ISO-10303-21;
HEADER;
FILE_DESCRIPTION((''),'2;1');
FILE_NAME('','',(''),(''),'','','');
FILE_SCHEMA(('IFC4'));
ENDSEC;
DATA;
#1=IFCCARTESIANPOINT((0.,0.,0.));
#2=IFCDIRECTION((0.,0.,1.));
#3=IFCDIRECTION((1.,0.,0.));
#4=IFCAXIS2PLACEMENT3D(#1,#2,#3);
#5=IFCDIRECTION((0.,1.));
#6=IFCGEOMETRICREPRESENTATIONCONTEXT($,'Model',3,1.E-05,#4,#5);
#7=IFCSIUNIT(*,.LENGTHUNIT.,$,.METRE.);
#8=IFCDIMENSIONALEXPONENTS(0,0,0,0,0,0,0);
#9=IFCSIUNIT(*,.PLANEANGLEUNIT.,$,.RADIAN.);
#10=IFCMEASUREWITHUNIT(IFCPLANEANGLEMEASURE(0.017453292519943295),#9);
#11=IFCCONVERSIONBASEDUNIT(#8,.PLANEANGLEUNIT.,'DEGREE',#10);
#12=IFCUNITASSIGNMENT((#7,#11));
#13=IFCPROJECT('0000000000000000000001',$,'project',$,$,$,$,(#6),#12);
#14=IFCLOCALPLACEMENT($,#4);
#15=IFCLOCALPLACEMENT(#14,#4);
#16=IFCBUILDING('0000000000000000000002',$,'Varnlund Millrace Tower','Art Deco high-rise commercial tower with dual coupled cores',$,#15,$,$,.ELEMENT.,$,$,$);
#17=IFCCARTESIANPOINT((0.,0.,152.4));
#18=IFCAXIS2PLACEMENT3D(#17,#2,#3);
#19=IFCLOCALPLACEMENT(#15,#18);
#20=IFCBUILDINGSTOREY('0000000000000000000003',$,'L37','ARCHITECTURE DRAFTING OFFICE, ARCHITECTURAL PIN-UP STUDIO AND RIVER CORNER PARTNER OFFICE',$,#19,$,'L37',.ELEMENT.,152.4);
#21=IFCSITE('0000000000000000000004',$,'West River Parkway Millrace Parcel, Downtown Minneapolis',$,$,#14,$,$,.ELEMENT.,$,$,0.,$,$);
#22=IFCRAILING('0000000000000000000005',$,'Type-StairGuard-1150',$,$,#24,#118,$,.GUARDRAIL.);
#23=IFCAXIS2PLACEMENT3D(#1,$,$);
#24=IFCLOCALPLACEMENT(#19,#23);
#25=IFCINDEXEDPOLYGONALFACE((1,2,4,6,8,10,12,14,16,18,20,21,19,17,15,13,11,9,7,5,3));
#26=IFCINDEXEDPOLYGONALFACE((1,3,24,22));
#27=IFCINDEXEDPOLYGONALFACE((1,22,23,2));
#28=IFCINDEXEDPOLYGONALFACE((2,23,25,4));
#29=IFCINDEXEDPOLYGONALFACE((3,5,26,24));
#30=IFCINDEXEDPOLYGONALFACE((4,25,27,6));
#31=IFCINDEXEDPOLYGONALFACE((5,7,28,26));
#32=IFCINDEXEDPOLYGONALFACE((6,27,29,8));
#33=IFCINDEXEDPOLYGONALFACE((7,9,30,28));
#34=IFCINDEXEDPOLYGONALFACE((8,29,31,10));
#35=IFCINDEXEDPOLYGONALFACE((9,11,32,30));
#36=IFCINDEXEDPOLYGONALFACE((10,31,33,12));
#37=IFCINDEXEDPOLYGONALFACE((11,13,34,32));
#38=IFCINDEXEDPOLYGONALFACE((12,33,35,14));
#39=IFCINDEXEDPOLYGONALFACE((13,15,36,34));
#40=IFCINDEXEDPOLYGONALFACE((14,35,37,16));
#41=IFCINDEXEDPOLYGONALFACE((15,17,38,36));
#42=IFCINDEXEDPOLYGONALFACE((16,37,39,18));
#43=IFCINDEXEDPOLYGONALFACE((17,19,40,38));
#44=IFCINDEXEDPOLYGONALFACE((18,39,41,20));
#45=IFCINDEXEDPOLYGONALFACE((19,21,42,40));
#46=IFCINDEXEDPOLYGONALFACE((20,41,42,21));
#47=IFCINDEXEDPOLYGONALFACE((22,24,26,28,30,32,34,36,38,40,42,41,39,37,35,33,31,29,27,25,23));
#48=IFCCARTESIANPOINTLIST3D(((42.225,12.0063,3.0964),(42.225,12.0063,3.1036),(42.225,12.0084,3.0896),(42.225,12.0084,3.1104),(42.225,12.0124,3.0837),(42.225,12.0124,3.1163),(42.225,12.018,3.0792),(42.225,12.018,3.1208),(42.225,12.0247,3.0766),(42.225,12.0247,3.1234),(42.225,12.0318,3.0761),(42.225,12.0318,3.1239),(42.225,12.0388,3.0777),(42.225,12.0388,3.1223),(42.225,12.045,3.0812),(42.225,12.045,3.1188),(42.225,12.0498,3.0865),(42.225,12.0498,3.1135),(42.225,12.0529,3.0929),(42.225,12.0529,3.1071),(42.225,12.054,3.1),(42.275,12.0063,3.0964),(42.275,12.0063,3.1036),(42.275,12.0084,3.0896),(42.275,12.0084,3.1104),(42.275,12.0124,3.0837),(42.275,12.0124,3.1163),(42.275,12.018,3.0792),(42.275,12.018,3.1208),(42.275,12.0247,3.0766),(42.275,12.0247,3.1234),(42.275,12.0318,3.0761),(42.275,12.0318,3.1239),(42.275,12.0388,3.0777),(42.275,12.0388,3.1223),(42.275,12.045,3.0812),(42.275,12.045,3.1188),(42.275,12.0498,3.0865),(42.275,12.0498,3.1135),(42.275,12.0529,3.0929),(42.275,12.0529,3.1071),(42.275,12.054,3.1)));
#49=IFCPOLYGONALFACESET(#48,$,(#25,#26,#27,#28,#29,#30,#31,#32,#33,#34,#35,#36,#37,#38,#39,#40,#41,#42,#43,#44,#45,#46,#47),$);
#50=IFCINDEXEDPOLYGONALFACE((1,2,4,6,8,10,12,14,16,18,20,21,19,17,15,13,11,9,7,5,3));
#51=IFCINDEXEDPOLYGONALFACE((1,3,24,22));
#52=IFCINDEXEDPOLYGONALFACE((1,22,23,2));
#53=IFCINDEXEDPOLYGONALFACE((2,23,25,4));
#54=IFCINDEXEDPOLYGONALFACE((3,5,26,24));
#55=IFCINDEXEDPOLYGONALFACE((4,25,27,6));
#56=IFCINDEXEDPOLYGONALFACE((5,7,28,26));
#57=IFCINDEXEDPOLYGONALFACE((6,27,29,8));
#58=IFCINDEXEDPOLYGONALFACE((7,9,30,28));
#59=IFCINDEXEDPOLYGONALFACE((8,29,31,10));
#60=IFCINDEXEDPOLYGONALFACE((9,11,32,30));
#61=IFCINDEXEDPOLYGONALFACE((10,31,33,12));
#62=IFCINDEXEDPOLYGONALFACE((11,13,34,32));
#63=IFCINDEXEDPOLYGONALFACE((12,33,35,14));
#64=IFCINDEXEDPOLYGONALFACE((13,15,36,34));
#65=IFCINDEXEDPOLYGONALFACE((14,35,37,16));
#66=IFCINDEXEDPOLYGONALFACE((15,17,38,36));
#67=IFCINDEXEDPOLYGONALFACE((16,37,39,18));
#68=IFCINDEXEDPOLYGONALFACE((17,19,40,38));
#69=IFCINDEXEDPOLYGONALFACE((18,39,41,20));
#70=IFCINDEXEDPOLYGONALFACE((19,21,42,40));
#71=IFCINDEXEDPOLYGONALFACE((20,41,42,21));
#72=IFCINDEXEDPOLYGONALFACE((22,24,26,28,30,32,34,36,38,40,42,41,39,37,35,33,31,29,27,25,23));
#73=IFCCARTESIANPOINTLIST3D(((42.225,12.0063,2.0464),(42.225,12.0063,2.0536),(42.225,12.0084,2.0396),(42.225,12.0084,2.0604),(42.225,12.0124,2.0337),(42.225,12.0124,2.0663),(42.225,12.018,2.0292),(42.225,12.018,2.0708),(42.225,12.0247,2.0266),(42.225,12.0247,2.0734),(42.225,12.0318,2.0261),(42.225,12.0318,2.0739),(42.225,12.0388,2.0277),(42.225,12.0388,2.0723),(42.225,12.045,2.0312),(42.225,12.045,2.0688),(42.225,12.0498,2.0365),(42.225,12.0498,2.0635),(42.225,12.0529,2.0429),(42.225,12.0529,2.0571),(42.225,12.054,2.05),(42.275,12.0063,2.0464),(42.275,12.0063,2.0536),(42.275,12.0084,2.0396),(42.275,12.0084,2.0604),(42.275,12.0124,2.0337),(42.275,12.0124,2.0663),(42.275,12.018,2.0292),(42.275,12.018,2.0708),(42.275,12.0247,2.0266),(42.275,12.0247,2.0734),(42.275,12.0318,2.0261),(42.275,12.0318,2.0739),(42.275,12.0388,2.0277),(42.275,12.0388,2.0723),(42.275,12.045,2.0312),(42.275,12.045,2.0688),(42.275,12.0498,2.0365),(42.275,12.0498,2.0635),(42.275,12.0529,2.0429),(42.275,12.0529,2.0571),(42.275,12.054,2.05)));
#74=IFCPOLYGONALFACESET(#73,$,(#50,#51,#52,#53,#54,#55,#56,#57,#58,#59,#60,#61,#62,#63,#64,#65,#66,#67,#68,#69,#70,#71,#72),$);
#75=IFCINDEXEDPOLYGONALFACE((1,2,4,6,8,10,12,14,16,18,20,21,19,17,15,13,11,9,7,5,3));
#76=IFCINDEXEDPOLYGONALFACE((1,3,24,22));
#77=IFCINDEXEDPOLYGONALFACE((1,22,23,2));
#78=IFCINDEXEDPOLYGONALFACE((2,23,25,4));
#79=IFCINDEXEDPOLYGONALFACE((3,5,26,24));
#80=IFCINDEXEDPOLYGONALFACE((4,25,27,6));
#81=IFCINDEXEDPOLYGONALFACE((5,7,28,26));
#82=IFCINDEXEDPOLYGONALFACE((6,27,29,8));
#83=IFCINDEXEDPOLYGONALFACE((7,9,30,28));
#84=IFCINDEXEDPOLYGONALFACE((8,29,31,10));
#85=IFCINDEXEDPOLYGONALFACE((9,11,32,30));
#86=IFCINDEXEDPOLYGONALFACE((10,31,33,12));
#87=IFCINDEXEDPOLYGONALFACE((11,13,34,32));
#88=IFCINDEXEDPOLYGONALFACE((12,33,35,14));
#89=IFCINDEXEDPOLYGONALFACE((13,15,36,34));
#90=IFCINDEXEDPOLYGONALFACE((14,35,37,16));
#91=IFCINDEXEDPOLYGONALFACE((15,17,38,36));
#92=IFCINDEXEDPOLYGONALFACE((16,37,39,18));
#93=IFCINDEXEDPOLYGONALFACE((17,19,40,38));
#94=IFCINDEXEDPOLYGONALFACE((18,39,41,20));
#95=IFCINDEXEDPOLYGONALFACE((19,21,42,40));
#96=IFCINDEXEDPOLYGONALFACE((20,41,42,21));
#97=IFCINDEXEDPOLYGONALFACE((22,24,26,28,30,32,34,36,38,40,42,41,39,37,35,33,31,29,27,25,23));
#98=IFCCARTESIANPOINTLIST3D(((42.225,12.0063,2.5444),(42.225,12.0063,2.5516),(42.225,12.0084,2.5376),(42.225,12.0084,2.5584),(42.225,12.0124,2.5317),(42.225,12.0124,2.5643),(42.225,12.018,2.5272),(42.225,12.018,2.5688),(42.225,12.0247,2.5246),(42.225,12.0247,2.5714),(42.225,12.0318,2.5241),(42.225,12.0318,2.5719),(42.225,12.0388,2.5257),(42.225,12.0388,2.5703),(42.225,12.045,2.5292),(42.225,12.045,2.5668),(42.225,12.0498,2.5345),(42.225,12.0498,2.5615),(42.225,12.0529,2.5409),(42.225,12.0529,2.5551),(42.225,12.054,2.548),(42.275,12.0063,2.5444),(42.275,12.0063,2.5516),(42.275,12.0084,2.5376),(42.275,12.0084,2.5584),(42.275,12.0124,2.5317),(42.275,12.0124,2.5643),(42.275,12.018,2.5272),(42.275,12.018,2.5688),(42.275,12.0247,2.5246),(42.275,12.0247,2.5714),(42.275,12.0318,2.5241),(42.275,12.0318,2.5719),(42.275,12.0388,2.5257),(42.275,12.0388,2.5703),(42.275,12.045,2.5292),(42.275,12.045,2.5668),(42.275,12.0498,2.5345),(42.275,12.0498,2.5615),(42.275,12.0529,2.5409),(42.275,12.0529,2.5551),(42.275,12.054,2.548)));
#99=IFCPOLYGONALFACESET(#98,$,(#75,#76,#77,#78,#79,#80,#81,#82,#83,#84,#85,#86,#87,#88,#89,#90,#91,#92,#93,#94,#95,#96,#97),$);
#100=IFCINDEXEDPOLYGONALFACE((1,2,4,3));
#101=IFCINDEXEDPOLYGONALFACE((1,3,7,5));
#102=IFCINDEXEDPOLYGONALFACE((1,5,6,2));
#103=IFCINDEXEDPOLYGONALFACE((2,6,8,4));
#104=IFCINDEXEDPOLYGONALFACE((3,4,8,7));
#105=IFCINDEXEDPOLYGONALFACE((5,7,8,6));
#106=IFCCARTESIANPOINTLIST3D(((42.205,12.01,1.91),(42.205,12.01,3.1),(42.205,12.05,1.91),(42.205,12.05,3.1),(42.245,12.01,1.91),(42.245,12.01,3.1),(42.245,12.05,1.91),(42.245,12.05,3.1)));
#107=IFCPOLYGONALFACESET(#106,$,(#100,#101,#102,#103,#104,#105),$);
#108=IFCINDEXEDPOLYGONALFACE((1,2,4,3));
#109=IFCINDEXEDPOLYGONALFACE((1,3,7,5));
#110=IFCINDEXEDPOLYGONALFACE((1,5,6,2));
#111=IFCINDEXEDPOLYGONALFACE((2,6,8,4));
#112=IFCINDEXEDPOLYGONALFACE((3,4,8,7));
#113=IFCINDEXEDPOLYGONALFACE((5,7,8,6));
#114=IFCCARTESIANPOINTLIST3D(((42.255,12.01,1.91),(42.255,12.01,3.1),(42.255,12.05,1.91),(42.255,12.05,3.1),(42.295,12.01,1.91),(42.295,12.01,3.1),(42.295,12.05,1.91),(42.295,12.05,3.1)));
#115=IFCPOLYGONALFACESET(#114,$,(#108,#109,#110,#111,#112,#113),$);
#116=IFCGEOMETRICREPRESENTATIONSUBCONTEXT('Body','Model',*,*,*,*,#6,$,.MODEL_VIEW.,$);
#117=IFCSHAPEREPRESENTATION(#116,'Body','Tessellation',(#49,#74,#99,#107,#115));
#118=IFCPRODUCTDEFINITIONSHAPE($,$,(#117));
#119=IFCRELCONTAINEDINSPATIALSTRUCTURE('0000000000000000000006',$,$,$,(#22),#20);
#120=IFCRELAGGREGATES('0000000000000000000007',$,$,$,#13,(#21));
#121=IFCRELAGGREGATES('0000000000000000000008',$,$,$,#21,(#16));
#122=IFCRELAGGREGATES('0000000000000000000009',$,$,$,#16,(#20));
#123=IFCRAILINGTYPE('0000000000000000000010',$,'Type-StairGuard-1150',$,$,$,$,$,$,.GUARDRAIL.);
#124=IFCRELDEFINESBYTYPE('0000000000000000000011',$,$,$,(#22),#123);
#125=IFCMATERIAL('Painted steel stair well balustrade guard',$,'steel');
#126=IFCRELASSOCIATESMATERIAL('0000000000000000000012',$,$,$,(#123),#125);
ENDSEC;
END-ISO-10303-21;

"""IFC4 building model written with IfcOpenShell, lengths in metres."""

from ifc_helpers import new_model, entity, si_unit, converted_unit, direction, frame, origin_with_axes, origin_2d_with_axis, place, context, subcontext, project, spatial, rectangle, circle, extrude, material, type_object, element, save


model = new_model("IFC4")

# Units and contexts
model_context = context("Model", 3, precision=1e-05, world=origin_with_axes(), true_north=direction((0.0, 1.0)))
body_context = subcontext(model_context, "Body", "Model", "MODEL_VIEW")
ifc_project = project(units=[si_unit("LENGTHUNIT", "METRE"), converted_unit("PLANEANGLEUNIT", "DEGREE", entity("IfcPlaneAngleMeasure", 0.017453292519943295), si_unit("PLANEANGLEUNIT", "RADIAN"), dimensions=[0, 0, 0, 0, 0, 0, 0])], contexts=[model_context])

# Site, building, storey
site_placement = place(None, origin_with_axes())
site = spatial("IfcSite", under=ifc_project, at=site_placement, Name="West River Parkway Millrace Parcel, Downtown Minneapolis", CompositionType="ELEMENT", RefElevation=0.0)
building_placement = place(site_placement, origin_with_axes())
building = spatial("IfcBuilding", under=site, at=building_placement, Name="Varnlund Millrace Tower", Description="Art Deco high-rise commercial tower with dual coupled cores", CompositionType="ELEMENT")
storey_placement = place(building_placement, frame((0.0, 0.0, 152.4), z_axis=(0.0, 0.0, 1.0), x_axis=(1.0, 0.0, 0.0)))
storey = spatial("IfcBuildingStorey", under=building, at=storey_placement, Name="L37", Description="ARCHITECTURE DRAFTING OFFICE, ARCHITECTURAL PIN-UP STUDIO AND RIVER CORNER PARTNER OFFICE", LongName="L37", CompositionType="ELEMENT", Elevation=152.4)

# Railing
ifc_material_1 = material(Name="Painted steel stair well balustrade guard", Category="steel")
railing_type_1 = type_object("IfcRailingType", Name="Type-StairGuard-1150", PredefinedType="GUARDRAIL", material=ifc_material_1)
railing_1_placement = place(storey_placement, frame((0.0, 0.0, -152.4), z_axis=(0.0, 0.0, 1.0), x_axis=(1.0, 0.0, 0.0)))
element("IfcRailing", 1, at=railing_1_placement, inside=storey, type_object=railing_type_1, Name="Type-StairGuard-1150", PredefinedType="GUARDRAIL", context=body_context, shape_type="SweptSolid", body=[
    extrude(circle(Radius=0.024, at=origin_2d_with_axis()), frame((42.225, 12.03, 155.5), z_axis=(1.0, 0.0, 0.0), x_axis=(0.0, 1.0, 0.0)), (0.0, 0.0, 1.0), 0.05),
    extrude(circle(Radius=0.024, at=origin_2d_with_axis()), frame((42.225, 12.03, 154.45), z_axis=(1.0, 0.0, 0.0), x_axis=(0.0, 1.0, 0.0)), (0.0, 0.0, 1.0), 0.05),
    extrude(circle(Radius=0.024, at=origin_2d_with_axis()), frame((42.225, 12.03, 154.948), z_axis=(1.0, 0.0, 0.0), x_axis=(0.0, 1.0, 0.0)), (0.0, 0.0, 1.0), 0.05),
    extrude(rectangle(XDim=0.04, YDim=0.04, at=origin_2d_with_axis()), frame((42.225, 12.03, 154.31), z_axis=(0.0, 0.0, 1.0), x_axis=(1.0, 0.0, 0.0)), (0.0, 0.0, 1.0), 1.19),
    extrude(rectangle(XDim=0.04, YDim=0.04, at=origin_2d_with_axis()), frame((42.275, 12.03, 154.31), z_axis=(0.0, 0.0, 1.0), x_axis=(1.0, 0.0, 0.0)), (0.0, 0.0, 1.0), 1.19),
])

save(model, "model.ifc")
